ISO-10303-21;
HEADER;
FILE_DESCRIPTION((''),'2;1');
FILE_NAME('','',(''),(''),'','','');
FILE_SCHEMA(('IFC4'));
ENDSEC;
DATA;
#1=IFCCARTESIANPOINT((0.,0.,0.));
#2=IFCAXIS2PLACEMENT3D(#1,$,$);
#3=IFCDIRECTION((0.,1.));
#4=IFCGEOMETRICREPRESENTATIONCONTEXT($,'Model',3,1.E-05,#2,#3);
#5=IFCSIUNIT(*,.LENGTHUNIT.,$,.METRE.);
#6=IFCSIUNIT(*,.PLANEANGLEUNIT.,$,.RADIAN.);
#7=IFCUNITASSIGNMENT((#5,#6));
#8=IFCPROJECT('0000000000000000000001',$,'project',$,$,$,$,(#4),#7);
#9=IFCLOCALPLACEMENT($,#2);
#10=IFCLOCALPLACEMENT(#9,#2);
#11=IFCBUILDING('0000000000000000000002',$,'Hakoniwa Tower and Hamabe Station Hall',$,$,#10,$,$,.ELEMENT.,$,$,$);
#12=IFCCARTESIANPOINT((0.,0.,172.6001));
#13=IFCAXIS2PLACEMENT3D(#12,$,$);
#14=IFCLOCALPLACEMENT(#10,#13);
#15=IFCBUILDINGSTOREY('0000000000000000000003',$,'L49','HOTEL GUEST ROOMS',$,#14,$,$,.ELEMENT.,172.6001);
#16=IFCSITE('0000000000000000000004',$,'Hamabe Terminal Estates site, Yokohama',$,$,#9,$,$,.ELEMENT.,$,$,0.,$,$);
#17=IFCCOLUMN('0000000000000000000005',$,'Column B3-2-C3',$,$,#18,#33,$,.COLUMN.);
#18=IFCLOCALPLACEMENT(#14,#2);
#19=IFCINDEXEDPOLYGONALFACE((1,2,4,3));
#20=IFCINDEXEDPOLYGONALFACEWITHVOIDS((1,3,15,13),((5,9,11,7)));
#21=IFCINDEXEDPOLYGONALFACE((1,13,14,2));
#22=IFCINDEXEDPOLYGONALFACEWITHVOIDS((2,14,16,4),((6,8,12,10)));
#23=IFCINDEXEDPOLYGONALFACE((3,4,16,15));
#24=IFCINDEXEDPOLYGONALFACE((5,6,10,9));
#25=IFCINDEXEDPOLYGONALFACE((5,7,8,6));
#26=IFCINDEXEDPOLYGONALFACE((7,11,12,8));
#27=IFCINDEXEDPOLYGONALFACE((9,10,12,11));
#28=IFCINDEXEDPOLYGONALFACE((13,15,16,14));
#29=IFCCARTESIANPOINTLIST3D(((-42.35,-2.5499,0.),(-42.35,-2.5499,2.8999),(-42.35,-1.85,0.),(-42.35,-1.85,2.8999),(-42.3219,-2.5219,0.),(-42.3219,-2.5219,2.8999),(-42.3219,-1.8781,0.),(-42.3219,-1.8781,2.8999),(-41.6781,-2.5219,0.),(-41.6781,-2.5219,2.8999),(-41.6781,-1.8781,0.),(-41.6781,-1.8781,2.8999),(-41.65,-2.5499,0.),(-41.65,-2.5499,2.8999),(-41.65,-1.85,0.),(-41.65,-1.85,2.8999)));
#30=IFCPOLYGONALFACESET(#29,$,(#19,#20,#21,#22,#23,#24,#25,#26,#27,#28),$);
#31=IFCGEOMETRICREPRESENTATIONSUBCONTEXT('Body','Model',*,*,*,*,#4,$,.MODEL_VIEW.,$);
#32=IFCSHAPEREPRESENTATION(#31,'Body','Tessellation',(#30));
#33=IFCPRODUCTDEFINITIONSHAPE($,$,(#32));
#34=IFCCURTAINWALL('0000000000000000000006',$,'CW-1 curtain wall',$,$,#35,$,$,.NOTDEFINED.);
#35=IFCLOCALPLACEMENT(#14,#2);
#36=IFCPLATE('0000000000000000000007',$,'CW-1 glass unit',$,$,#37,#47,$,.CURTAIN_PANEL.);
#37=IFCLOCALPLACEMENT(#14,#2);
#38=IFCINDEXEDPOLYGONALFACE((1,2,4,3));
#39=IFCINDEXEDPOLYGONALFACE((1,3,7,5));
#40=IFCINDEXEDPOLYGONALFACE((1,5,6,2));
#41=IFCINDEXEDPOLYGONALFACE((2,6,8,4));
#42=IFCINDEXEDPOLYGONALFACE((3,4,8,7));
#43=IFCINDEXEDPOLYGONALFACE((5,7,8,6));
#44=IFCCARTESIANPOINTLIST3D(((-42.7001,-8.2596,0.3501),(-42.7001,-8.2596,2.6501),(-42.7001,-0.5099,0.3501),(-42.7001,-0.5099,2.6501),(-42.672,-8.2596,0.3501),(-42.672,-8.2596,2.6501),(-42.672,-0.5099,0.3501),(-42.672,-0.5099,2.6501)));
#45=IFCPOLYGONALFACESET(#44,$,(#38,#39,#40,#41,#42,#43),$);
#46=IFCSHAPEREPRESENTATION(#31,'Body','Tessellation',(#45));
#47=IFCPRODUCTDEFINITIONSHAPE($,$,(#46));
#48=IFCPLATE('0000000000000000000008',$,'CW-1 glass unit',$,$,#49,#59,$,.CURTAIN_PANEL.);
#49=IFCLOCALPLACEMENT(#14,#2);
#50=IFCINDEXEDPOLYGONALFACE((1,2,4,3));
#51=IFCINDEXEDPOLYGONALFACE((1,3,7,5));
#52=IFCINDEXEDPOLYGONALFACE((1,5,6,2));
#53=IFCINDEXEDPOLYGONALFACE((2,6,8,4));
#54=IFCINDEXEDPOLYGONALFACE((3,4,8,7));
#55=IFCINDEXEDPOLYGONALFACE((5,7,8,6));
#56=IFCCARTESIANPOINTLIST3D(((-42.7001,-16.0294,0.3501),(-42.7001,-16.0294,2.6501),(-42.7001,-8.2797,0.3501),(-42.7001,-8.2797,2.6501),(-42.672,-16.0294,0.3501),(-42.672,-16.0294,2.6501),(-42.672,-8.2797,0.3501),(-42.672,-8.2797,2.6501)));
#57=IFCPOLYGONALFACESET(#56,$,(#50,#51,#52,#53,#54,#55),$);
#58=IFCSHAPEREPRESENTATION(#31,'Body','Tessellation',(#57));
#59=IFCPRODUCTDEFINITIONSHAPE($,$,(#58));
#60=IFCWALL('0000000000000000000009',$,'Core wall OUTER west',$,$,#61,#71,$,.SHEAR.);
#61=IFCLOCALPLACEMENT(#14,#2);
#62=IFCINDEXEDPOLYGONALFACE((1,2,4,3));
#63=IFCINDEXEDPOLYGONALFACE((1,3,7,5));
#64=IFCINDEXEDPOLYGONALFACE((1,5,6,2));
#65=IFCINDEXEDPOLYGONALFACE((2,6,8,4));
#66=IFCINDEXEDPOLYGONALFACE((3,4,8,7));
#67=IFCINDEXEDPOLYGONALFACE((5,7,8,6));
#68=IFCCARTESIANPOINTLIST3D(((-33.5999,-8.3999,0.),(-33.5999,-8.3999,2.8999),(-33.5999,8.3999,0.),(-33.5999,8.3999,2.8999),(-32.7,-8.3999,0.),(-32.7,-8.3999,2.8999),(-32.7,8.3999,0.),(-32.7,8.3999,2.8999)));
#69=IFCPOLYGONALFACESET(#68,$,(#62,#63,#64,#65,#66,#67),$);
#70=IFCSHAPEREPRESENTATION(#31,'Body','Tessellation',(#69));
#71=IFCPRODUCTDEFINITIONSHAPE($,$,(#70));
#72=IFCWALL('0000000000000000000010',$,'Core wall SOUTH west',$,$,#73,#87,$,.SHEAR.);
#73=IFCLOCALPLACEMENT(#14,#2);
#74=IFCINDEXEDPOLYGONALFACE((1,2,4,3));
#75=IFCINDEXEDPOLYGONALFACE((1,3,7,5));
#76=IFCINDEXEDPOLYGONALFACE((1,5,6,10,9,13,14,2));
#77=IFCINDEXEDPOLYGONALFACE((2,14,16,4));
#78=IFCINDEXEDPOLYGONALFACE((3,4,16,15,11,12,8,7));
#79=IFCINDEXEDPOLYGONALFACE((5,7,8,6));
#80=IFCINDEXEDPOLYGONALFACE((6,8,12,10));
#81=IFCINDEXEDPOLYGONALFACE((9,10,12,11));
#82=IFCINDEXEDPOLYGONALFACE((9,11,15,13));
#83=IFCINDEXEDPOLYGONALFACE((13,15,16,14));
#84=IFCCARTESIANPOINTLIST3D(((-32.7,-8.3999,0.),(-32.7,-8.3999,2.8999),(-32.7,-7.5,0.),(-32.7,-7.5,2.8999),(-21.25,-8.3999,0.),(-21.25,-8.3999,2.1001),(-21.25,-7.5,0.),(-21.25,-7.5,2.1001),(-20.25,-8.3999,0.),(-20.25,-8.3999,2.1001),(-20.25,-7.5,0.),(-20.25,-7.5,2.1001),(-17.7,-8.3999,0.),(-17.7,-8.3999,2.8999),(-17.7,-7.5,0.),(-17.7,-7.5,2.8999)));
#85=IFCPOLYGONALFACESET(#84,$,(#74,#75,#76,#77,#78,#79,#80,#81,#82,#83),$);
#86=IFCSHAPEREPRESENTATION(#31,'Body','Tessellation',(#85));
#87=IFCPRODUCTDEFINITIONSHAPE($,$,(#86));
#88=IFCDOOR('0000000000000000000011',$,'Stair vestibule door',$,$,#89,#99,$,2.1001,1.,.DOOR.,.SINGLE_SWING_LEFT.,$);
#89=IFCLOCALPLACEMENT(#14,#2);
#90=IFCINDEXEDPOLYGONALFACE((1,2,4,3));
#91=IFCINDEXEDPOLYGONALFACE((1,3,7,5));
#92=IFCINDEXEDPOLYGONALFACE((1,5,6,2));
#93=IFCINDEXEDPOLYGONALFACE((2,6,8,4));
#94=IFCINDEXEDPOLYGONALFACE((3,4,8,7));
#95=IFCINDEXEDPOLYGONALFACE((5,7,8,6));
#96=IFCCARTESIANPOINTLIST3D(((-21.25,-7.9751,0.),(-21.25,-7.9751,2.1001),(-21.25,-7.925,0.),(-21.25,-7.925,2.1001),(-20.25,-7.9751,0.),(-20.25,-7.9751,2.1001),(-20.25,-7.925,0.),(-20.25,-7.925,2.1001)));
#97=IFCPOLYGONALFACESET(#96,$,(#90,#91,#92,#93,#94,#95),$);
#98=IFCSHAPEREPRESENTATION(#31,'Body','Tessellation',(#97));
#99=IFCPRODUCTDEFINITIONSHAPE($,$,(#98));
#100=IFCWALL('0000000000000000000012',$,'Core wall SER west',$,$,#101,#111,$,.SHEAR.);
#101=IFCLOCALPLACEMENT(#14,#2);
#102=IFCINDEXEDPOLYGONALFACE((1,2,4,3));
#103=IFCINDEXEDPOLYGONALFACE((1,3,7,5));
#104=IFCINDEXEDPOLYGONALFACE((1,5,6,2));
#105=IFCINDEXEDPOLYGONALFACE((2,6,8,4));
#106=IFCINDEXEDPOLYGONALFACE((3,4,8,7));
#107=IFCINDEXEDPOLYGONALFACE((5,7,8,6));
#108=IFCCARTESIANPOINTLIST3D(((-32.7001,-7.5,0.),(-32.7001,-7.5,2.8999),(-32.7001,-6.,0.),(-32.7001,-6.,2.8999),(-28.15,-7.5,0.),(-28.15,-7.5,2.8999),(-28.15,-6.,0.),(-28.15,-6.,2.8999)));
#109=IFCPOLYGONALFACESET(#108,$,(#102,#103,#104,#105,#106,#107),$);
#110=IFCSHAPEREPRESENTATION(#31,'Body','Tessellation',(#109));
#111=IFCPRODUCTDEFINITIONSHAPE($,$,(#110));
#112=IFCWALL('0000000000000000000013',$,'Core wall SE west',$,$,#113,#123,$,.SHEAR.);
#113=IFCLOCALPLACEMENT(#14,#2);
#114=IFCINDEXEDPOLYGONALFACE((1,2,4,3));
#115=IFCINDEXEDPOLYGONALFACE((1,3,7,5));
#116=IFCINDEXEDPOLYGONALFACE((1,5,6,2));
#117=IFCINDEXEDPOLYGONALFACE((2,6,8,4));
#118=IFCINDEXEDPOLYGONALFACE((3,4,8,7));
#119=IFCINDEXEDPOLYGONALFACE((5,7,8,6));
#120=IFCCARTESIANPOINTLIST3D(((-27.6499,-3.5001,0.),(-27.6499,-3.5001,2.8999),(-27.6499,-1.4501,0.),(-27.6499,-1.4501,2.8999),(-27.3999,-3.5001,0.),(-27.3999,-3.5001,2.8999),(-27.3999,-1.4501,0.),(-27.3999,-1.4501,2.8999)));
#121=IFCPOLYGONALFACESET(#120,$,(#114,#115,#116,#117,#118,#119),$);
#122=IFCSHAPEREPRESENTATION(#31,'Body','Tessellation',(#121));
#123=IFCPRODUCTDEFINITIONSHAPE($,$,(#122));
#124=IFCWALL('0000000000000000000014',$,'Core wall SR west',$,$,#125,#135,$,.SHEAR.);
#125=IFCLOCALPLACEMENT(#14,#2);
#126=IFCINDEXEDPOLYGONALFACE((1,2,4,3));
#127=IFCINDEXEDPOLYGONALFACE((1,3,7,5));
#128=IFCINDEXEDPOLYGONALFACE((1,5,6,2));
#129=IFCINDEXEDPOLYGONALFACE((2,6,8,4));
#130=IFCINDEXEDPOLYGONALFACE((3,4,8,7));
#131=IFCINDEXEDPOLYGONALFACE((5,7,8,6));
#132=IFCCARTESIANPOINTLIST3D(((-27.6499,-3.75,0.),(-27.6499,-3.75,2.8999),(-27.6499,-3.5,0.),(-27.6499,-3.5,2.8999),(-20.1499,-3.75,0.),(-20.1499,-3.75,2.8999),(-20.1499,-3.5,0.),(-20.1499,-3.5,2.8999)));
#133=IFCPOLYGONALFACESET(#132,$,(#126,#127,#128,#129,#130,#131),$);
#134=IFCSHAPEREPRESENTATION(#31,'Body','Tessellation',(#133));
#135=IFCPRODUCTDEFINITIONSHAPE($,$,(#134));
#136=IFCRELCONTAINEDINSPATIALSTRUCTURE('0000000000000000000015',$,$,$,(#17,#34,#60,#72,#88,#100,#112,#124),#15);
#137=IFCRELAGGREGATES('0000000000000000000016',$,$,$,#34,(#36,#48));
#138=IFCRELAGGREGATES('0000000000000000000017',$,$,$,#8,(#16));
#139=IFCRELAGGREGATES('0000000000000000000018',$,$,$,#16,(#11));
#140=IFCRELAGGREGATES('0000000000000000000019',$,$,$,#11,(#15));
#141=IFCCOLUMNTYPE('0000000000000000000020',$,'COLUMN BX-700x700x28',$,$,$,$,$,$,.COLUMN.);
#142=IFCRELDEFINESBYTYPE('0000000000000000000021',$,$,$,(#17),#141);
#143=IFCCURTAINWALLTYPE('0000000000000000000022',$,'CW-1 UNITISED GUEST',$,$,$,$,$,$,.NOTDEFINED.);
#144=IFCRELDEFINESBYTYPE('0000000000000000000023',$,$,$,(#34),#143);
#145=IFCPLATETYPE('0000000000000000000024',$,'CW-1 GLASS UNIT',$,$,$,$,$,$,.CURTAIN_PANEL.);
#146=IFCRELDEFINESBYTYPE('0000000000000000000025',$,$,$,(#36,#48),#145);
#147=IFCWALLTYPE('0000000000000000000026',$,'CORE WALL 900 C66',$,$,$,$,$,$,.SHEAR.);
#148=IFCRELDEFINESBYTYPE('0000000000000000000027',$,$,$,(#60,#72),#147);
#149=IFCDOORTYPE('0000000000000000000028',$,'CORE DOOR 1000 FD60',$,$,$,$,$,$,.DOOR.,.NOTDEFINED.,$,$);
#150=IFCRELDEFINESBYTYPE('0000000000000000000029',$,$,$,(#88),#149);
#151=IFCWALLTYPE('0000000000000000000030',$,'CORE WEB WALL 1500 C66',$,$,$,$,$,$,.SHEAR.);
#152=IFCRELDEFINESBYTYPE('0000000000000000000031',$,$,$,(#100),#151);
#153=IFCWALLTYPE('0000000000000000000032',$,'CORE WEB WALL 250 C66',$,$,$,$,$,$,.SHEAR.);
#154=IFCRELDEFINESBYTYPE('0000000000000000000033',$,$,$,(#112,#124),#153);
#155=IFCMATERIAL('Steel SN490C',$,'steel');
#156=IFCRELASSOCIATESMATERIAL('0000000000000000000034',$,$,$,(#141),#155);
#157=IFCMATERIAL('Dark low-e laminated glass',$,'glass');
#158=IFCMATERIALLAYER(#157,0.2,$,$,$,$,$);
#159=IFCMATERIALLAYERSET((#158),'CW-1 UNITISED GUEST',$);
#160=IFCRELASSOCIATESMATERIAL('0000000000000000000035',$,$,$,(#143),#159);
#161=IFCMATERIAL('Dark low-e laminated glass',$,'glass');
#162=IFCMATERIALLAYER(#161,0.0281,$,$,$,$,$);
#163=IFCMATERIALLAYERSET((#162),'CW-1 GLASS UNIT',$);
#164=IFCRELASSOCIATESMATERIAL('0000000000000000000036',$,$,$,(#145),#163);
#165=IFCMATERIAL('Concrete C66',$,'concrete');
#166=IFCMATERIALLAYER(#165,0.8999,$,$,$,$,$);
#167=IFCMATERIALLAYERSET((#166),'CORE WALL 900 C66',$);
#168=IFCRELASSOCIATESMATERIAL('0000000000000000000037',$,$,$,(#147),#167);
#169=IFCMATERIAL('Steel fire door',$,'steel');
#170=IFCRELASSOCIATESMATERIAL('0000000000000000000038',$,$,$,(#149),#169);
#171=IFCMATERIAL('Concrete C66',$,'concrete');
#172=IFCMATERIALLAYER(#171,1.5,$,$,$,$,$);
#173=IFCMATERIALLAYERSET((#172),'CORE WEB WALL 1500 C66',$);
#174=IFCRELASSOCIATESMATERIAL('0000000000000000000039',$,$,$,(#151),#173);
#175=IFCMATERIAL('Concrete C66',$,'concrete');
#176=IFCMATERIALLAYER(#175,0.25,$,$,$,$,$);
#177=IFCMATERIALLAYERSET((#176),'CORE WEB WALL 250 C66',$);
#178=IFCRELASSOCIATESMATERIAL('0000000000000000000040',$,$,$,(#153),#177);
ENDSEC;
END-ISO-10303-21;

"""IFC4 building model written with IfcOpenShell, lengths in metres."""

from ifc_helpers import new_model, si_unit, direction, frame, frame_2d, origin, origin_2d, place, context, subcontext, project, spatial, rectangle, hollow_rectangle, extrude, material, layer, layer_set, material_profile, profile_set, type_object, element, fill, aggregate, save


model = new_model("IFC4")

# Units and contexts
model_context = context("Model", 3, precision=1e-05, world=origin(), true_north=direction((0.0, 1.0)))
body_context = subcontext(model_context, "Body", "Model", "MODEL_VIEW")
ifc_project = project(units=[si_unit("LENGTHUNIT", "METRE"), si_unit("PLANEANGLEUNIT", "RADIAN")], contexts=[model_context])

# Site, building, storey
site_placement = place(None, origin())
site = spatial("IfcSite", under=ifc_project, at=site_placement, Name="Hamabe Terminal Estates site, Yokohama", CompositionType="ELEMENT", RefElevation=0.0)
building_placement = place(site_placement, origin())
building = spatial("IfcBuilding", under=site, at=building_placement, Name="Hakoniwa Tower and Hamabe Station Hall", CompositionType="ELEMENT")
storey_placement = place(building_placement, frame((0.0, 0.0, 172.6001)))
storey = spatial("IfcBuildingStorey", under=building, at=storey_placement, Name="L49", Description="HOTEL GUEST ROOMS", CompositionType="ELEMENT", Elevation=172.6001)

# Column
ifc_material_1 = material(Name="Steel SN490C", Category="steel")
ifc_material_profile = material_profile(ifc_material_1, hollow_rectangle(XDim=0.7, YDim=0.7, WallThickness=0.0281, at=origin_2d()), Name="BX-700x700x28")
ifc_profile_set = profile_set([ifc_material_profile], Name="Steel SN490C")
column_type = type_object("IfcColumnType", Name="COLUMN BX-700x700x28", PredefinedType="COLUMN", material=ifc_profile_set)
column_placement = place(storey_placement, frame((-42.0, -2.2, 0.0), z_axis=(0.0, 0.0, 1.0), x_axis=(1.0, 0.0, 0.0)))
element("IfcColumn", 1, at=column_placement, inside=storey, type_object=column_type, Name="Column B3-2-C3", PredefinedType="COLUMN", context=body_context, shape_type="SweptSolid", body=[
    extrude(hollow_rectangle(XDim=0.7, YDim=0.7, WallThickness=0.0281, at=origin_2d()), origin(), (0.0, 0.0, 1.0), 2.8999),
])

# Curtain wall, plates
ifc_material_2 = material(Name="Dark low-e laminated glass", Category="glass")
ifc_layer_1 = layer(ifc_material_2, 0.2)
ifc_layer_set_1 = layer_set([ifc_layer_1], Name="CW-1 UNITISED GUEST")
curtain_wall_type = type_object("IfcCurtainWallType", Name="CW-1 UNITISED GUEST", PredefinedType="NOTDEFINED", material=ifc_layer_set_1)
curtain_wall_placement = place(storey_placement, origin())
curtain_wall = element("IfcCurtainWall", 2, at=curtain_wall_placement, inside=storey, type_object=curtain_wall_type, Name="CW-1 curtain wall", PredefinedType="NOTDEFINED")
ifc_material_3 = material(Name="Dark low-e laminated glass", Category="glass")
ifc_layer_2 = layer(ifc_material_3, 0.0281)
ifc_layer_set_2 = layer_set([ifc_layer_2], Name="CW-1 GLASS UNIT")
plate_type = type_object("IfcPlateType", Name="CW-1 GLASS UNIT", PredefinedType="CURTAIN_PANEL", material=ifc_layer_set_2)
plate_1_placement = place(storey_placement, frame((-42.686, -4.3848, 0.3501), z_axis=(0.0, 0.0, 1.0), x_axis=(0.0, -1.0, 0.0)))
plate_1 = element("IfcPlate", 3, at=plate_1_placement, type_object=plate_type, Name="CW-1 glass unit", PredefinedType="CURTAIN_PANEL", context=body_context, shape_type="SweptSolid", body=[
    extrude(rectangle(XDim=7.7498, YDim=0.0281, at=origin_2d()), origin(), (0.0, 0.0, 1.0), 2.3),
])
plate_2_placement = place(storey_placement, frame((-42.686, -12.1545, 0.3501), z_axis=(0.0, 0.0, 1.0), x_axis=(0.0, -1.0, 0.0)))
plate_2 = element("IfcPlate", 4, at=plate_2_placement, type_object=plate_type, Name="CW-1 glass unit", PredefinedType="CURTAIN_PANEL", context=body_context, shape_type="SweptSolid", body=[
    extrude(rectangle(XDim=7.7498, YDim=0.0281, at=origin_2d()), origin(), (0.0, 0.0, 1.0), 2.3),
])
aggregate(curtain_wall, [plate_1, plate_2])

# Wall
ifc_material_4 = material(Name="Concrete C66", Category="concrete")
ifc_layer_3 = layer(ifc_material_4, 0.8999)
ifc_layer_set_3 = layer_set([ifc_layer_3], Name="CORE WALL 900 C66")
wall_type_1 = type_object("IfcWallType", Name="CORE WALL 900 C66", PredefinedType="SHEAR", material=ifc_layer_set_3)
wall_1_placement = place(storey_placement, frame((-33.1499, -8.3999, 0.0), z_axis=(0.0, 0.0, 1.0), x_axis=(0.0, 1.0, 0.0)))
element("IfcWall", 5, at=wall_1_placement, inside=storey, type_object=wall_type_1, Name="Core wall OUTER west", PredefinedType="SHEAR", context=body_context, shape_type="SweptSolid", body=[
    extrude(rectangle(XDim=16.7998, YDim=0.8999, at=frame_2d((8.3999, 0.0))), origin(), (0.0, 0.0, 1.0), 2.8999),
])

# Wall, opening, door
wall_2_placement = place(storey_placement, frame((-32.7, -7.95, 0.0), z_axis=(0.0, 0.0, 1.0), x_axis=(1.0, 0.0, 0.0)))
wall_2 = element("IfcWall", 6, at=wall_2_placement, inside=storey, type_object=wall_type_1, Name="Core wall SOUTH west", PredefinedType="SHEAR", context=body_context, shape_type="SweptSolid", body=[
    extrude(rectangle(XDim=15.0, YDim=0.8999, at=frame_2d((7.5, 0.0))), origin(), (0.0, 0.0, 1.0), 2.8999),
])
opening_1_placement = place(wall_2_placement, frame((11.45, 0.0, 0.0)))
opening_1 = element("IfcOpeningElement", 7, at=opening_1_placement, cuts=wall_2, PredefinedType="OPENING", context=body_context, shape_type="SweptSolid", body=[
    extrude(rectangle(XDim=1.0, YDim=2.1001, at=frame_2d((0.5, 1.05))), frame((0.0, 0.46, 0.0), z_axis=(0.0, -1.0, 0.0), x_axis=(1.0, 0.0, 0.0)), (0.0, 0.0, 1.0), 0.9199),
])
ifc_material_5 = material(Name="Steel fire door", Category="steel")
door_type_1 = type_object("IfcDoorType", Name="CORE DOOR 1000 FD60", OperationType="NOTDEFINED", PredefinedType="DOOR", material=ifc_material_5)
door_1_placement = place(opening_1_placement, origin())
door_1 = element("IfcDoor", 8, at=door_1_placement, inside=storey, type_object=door_type_1, Name="Stair vestibule door", OperationType="SINGLE_SWING_LEFT", OverallHeight=2.1001, OverallWidth=1.0, PredefinedType="DOOR", context=body_context, shape_type="SweptSolid", body=[
    extrude(rectangle(XDim=1.0, YDim=2.1001, at=frame_2d((0.5, 1.05))), frame((0.0, 0.0249, 0.0), z_axis=(0.0, -1.0, 0.0), x_axis=(1.0, 0.0, 0.0)), (0.0, 0.0, 1.0), 0.05),
])
fill(opening_1, door_1)

# Walls
ifc_material_6 = material(Name="Concrete C66", Category="concrete")
ifc_layer_4 = layer(ifc_material_6, 1.5)
ifc_layer_set_4 = layer_set([ifc_layer_4], Name="CORE WEB WALL 1500 C66")
wall_type_2 = type_object("IfcWallType", Name="CORE WEB WALL 1500 C66", PredefinedType="SHEAR", material=ifc_layer_set_4)
wall_3_placement = place(storey_placement, frame((-32.7, -6.75, 0.0), z_axis=(0.0, 0.0, 1.0), x_axis=(1.0, 0.0, 0.0)))
element("IfcWall", 9, at=wall_3_placement, inside=storey, type_object=wall_type_2, Name="Core wall SER west", PredefinedType="SHEAR", context=body_context, shape_type="SweptSolid", body=[
    extrude(rectangle(XDim=4.55, YDim=1.5, at=frame_2d((2.2749, 0.0))), origin(), (0.0, 0.0, 1.0), 2.8999),
])
ifc_material_7 = material(Name="Concrete C66", Category="concrete")
ifc_layer_5 = layer(ifc_material_7, 0.25)
ifc_layer_set_5 = layer_set([ifc_layer_5], Name="CORE WEB WALL 250 C66")
wall_type_3 = type_object("IfcWallType", Name="CORE WEB WALL 250 C66", PredefinedType="SHEAR", material=ifc_layer_set_5)
wall_4_placement = place(storey_placement, frame((-27.5249, -3.5, 0.0), z_axis=(0.0, 0.0, 1.0), x_axis=(0.0, 1.0, 0.0)))
element("IfcWall", 10, at=wall_4_placement, inside=storey, type_object=wall_type_3, Name="Core wall SE west", PredefinedType="SHEAR", context=body_context, shape_type="SweptSolid", body=[
    extrude(rectangle(XDim=2.05, YDim=0.25, at=frame_2d((1.0249, 0.0))), origin(), (0.0, 0.0, 1.0), 2.8999),
])
wall_5_placement = place(storey_placement, frame((-27.6499, -3.625, 0.0), z_axis=(0.0, 0.0, 1.0), x_axis=(1.0, 0.0, 0.0)))
element("IfcWall", 11, at=wall_5_placement, inside=storey, type_object=wall_type_3, Name="Core wall SR west", PredefinedType="SHEAR", context=body_context, shape_type="SweptSolid", body=[
    extrude(rectangle(XDim=7.5, YDim=0.25, at=frame_2d((3.75, 0.0))), origin(), (0.0, 0.0, 1.0), 2.8999),
])

save(model, "model.ifc")
